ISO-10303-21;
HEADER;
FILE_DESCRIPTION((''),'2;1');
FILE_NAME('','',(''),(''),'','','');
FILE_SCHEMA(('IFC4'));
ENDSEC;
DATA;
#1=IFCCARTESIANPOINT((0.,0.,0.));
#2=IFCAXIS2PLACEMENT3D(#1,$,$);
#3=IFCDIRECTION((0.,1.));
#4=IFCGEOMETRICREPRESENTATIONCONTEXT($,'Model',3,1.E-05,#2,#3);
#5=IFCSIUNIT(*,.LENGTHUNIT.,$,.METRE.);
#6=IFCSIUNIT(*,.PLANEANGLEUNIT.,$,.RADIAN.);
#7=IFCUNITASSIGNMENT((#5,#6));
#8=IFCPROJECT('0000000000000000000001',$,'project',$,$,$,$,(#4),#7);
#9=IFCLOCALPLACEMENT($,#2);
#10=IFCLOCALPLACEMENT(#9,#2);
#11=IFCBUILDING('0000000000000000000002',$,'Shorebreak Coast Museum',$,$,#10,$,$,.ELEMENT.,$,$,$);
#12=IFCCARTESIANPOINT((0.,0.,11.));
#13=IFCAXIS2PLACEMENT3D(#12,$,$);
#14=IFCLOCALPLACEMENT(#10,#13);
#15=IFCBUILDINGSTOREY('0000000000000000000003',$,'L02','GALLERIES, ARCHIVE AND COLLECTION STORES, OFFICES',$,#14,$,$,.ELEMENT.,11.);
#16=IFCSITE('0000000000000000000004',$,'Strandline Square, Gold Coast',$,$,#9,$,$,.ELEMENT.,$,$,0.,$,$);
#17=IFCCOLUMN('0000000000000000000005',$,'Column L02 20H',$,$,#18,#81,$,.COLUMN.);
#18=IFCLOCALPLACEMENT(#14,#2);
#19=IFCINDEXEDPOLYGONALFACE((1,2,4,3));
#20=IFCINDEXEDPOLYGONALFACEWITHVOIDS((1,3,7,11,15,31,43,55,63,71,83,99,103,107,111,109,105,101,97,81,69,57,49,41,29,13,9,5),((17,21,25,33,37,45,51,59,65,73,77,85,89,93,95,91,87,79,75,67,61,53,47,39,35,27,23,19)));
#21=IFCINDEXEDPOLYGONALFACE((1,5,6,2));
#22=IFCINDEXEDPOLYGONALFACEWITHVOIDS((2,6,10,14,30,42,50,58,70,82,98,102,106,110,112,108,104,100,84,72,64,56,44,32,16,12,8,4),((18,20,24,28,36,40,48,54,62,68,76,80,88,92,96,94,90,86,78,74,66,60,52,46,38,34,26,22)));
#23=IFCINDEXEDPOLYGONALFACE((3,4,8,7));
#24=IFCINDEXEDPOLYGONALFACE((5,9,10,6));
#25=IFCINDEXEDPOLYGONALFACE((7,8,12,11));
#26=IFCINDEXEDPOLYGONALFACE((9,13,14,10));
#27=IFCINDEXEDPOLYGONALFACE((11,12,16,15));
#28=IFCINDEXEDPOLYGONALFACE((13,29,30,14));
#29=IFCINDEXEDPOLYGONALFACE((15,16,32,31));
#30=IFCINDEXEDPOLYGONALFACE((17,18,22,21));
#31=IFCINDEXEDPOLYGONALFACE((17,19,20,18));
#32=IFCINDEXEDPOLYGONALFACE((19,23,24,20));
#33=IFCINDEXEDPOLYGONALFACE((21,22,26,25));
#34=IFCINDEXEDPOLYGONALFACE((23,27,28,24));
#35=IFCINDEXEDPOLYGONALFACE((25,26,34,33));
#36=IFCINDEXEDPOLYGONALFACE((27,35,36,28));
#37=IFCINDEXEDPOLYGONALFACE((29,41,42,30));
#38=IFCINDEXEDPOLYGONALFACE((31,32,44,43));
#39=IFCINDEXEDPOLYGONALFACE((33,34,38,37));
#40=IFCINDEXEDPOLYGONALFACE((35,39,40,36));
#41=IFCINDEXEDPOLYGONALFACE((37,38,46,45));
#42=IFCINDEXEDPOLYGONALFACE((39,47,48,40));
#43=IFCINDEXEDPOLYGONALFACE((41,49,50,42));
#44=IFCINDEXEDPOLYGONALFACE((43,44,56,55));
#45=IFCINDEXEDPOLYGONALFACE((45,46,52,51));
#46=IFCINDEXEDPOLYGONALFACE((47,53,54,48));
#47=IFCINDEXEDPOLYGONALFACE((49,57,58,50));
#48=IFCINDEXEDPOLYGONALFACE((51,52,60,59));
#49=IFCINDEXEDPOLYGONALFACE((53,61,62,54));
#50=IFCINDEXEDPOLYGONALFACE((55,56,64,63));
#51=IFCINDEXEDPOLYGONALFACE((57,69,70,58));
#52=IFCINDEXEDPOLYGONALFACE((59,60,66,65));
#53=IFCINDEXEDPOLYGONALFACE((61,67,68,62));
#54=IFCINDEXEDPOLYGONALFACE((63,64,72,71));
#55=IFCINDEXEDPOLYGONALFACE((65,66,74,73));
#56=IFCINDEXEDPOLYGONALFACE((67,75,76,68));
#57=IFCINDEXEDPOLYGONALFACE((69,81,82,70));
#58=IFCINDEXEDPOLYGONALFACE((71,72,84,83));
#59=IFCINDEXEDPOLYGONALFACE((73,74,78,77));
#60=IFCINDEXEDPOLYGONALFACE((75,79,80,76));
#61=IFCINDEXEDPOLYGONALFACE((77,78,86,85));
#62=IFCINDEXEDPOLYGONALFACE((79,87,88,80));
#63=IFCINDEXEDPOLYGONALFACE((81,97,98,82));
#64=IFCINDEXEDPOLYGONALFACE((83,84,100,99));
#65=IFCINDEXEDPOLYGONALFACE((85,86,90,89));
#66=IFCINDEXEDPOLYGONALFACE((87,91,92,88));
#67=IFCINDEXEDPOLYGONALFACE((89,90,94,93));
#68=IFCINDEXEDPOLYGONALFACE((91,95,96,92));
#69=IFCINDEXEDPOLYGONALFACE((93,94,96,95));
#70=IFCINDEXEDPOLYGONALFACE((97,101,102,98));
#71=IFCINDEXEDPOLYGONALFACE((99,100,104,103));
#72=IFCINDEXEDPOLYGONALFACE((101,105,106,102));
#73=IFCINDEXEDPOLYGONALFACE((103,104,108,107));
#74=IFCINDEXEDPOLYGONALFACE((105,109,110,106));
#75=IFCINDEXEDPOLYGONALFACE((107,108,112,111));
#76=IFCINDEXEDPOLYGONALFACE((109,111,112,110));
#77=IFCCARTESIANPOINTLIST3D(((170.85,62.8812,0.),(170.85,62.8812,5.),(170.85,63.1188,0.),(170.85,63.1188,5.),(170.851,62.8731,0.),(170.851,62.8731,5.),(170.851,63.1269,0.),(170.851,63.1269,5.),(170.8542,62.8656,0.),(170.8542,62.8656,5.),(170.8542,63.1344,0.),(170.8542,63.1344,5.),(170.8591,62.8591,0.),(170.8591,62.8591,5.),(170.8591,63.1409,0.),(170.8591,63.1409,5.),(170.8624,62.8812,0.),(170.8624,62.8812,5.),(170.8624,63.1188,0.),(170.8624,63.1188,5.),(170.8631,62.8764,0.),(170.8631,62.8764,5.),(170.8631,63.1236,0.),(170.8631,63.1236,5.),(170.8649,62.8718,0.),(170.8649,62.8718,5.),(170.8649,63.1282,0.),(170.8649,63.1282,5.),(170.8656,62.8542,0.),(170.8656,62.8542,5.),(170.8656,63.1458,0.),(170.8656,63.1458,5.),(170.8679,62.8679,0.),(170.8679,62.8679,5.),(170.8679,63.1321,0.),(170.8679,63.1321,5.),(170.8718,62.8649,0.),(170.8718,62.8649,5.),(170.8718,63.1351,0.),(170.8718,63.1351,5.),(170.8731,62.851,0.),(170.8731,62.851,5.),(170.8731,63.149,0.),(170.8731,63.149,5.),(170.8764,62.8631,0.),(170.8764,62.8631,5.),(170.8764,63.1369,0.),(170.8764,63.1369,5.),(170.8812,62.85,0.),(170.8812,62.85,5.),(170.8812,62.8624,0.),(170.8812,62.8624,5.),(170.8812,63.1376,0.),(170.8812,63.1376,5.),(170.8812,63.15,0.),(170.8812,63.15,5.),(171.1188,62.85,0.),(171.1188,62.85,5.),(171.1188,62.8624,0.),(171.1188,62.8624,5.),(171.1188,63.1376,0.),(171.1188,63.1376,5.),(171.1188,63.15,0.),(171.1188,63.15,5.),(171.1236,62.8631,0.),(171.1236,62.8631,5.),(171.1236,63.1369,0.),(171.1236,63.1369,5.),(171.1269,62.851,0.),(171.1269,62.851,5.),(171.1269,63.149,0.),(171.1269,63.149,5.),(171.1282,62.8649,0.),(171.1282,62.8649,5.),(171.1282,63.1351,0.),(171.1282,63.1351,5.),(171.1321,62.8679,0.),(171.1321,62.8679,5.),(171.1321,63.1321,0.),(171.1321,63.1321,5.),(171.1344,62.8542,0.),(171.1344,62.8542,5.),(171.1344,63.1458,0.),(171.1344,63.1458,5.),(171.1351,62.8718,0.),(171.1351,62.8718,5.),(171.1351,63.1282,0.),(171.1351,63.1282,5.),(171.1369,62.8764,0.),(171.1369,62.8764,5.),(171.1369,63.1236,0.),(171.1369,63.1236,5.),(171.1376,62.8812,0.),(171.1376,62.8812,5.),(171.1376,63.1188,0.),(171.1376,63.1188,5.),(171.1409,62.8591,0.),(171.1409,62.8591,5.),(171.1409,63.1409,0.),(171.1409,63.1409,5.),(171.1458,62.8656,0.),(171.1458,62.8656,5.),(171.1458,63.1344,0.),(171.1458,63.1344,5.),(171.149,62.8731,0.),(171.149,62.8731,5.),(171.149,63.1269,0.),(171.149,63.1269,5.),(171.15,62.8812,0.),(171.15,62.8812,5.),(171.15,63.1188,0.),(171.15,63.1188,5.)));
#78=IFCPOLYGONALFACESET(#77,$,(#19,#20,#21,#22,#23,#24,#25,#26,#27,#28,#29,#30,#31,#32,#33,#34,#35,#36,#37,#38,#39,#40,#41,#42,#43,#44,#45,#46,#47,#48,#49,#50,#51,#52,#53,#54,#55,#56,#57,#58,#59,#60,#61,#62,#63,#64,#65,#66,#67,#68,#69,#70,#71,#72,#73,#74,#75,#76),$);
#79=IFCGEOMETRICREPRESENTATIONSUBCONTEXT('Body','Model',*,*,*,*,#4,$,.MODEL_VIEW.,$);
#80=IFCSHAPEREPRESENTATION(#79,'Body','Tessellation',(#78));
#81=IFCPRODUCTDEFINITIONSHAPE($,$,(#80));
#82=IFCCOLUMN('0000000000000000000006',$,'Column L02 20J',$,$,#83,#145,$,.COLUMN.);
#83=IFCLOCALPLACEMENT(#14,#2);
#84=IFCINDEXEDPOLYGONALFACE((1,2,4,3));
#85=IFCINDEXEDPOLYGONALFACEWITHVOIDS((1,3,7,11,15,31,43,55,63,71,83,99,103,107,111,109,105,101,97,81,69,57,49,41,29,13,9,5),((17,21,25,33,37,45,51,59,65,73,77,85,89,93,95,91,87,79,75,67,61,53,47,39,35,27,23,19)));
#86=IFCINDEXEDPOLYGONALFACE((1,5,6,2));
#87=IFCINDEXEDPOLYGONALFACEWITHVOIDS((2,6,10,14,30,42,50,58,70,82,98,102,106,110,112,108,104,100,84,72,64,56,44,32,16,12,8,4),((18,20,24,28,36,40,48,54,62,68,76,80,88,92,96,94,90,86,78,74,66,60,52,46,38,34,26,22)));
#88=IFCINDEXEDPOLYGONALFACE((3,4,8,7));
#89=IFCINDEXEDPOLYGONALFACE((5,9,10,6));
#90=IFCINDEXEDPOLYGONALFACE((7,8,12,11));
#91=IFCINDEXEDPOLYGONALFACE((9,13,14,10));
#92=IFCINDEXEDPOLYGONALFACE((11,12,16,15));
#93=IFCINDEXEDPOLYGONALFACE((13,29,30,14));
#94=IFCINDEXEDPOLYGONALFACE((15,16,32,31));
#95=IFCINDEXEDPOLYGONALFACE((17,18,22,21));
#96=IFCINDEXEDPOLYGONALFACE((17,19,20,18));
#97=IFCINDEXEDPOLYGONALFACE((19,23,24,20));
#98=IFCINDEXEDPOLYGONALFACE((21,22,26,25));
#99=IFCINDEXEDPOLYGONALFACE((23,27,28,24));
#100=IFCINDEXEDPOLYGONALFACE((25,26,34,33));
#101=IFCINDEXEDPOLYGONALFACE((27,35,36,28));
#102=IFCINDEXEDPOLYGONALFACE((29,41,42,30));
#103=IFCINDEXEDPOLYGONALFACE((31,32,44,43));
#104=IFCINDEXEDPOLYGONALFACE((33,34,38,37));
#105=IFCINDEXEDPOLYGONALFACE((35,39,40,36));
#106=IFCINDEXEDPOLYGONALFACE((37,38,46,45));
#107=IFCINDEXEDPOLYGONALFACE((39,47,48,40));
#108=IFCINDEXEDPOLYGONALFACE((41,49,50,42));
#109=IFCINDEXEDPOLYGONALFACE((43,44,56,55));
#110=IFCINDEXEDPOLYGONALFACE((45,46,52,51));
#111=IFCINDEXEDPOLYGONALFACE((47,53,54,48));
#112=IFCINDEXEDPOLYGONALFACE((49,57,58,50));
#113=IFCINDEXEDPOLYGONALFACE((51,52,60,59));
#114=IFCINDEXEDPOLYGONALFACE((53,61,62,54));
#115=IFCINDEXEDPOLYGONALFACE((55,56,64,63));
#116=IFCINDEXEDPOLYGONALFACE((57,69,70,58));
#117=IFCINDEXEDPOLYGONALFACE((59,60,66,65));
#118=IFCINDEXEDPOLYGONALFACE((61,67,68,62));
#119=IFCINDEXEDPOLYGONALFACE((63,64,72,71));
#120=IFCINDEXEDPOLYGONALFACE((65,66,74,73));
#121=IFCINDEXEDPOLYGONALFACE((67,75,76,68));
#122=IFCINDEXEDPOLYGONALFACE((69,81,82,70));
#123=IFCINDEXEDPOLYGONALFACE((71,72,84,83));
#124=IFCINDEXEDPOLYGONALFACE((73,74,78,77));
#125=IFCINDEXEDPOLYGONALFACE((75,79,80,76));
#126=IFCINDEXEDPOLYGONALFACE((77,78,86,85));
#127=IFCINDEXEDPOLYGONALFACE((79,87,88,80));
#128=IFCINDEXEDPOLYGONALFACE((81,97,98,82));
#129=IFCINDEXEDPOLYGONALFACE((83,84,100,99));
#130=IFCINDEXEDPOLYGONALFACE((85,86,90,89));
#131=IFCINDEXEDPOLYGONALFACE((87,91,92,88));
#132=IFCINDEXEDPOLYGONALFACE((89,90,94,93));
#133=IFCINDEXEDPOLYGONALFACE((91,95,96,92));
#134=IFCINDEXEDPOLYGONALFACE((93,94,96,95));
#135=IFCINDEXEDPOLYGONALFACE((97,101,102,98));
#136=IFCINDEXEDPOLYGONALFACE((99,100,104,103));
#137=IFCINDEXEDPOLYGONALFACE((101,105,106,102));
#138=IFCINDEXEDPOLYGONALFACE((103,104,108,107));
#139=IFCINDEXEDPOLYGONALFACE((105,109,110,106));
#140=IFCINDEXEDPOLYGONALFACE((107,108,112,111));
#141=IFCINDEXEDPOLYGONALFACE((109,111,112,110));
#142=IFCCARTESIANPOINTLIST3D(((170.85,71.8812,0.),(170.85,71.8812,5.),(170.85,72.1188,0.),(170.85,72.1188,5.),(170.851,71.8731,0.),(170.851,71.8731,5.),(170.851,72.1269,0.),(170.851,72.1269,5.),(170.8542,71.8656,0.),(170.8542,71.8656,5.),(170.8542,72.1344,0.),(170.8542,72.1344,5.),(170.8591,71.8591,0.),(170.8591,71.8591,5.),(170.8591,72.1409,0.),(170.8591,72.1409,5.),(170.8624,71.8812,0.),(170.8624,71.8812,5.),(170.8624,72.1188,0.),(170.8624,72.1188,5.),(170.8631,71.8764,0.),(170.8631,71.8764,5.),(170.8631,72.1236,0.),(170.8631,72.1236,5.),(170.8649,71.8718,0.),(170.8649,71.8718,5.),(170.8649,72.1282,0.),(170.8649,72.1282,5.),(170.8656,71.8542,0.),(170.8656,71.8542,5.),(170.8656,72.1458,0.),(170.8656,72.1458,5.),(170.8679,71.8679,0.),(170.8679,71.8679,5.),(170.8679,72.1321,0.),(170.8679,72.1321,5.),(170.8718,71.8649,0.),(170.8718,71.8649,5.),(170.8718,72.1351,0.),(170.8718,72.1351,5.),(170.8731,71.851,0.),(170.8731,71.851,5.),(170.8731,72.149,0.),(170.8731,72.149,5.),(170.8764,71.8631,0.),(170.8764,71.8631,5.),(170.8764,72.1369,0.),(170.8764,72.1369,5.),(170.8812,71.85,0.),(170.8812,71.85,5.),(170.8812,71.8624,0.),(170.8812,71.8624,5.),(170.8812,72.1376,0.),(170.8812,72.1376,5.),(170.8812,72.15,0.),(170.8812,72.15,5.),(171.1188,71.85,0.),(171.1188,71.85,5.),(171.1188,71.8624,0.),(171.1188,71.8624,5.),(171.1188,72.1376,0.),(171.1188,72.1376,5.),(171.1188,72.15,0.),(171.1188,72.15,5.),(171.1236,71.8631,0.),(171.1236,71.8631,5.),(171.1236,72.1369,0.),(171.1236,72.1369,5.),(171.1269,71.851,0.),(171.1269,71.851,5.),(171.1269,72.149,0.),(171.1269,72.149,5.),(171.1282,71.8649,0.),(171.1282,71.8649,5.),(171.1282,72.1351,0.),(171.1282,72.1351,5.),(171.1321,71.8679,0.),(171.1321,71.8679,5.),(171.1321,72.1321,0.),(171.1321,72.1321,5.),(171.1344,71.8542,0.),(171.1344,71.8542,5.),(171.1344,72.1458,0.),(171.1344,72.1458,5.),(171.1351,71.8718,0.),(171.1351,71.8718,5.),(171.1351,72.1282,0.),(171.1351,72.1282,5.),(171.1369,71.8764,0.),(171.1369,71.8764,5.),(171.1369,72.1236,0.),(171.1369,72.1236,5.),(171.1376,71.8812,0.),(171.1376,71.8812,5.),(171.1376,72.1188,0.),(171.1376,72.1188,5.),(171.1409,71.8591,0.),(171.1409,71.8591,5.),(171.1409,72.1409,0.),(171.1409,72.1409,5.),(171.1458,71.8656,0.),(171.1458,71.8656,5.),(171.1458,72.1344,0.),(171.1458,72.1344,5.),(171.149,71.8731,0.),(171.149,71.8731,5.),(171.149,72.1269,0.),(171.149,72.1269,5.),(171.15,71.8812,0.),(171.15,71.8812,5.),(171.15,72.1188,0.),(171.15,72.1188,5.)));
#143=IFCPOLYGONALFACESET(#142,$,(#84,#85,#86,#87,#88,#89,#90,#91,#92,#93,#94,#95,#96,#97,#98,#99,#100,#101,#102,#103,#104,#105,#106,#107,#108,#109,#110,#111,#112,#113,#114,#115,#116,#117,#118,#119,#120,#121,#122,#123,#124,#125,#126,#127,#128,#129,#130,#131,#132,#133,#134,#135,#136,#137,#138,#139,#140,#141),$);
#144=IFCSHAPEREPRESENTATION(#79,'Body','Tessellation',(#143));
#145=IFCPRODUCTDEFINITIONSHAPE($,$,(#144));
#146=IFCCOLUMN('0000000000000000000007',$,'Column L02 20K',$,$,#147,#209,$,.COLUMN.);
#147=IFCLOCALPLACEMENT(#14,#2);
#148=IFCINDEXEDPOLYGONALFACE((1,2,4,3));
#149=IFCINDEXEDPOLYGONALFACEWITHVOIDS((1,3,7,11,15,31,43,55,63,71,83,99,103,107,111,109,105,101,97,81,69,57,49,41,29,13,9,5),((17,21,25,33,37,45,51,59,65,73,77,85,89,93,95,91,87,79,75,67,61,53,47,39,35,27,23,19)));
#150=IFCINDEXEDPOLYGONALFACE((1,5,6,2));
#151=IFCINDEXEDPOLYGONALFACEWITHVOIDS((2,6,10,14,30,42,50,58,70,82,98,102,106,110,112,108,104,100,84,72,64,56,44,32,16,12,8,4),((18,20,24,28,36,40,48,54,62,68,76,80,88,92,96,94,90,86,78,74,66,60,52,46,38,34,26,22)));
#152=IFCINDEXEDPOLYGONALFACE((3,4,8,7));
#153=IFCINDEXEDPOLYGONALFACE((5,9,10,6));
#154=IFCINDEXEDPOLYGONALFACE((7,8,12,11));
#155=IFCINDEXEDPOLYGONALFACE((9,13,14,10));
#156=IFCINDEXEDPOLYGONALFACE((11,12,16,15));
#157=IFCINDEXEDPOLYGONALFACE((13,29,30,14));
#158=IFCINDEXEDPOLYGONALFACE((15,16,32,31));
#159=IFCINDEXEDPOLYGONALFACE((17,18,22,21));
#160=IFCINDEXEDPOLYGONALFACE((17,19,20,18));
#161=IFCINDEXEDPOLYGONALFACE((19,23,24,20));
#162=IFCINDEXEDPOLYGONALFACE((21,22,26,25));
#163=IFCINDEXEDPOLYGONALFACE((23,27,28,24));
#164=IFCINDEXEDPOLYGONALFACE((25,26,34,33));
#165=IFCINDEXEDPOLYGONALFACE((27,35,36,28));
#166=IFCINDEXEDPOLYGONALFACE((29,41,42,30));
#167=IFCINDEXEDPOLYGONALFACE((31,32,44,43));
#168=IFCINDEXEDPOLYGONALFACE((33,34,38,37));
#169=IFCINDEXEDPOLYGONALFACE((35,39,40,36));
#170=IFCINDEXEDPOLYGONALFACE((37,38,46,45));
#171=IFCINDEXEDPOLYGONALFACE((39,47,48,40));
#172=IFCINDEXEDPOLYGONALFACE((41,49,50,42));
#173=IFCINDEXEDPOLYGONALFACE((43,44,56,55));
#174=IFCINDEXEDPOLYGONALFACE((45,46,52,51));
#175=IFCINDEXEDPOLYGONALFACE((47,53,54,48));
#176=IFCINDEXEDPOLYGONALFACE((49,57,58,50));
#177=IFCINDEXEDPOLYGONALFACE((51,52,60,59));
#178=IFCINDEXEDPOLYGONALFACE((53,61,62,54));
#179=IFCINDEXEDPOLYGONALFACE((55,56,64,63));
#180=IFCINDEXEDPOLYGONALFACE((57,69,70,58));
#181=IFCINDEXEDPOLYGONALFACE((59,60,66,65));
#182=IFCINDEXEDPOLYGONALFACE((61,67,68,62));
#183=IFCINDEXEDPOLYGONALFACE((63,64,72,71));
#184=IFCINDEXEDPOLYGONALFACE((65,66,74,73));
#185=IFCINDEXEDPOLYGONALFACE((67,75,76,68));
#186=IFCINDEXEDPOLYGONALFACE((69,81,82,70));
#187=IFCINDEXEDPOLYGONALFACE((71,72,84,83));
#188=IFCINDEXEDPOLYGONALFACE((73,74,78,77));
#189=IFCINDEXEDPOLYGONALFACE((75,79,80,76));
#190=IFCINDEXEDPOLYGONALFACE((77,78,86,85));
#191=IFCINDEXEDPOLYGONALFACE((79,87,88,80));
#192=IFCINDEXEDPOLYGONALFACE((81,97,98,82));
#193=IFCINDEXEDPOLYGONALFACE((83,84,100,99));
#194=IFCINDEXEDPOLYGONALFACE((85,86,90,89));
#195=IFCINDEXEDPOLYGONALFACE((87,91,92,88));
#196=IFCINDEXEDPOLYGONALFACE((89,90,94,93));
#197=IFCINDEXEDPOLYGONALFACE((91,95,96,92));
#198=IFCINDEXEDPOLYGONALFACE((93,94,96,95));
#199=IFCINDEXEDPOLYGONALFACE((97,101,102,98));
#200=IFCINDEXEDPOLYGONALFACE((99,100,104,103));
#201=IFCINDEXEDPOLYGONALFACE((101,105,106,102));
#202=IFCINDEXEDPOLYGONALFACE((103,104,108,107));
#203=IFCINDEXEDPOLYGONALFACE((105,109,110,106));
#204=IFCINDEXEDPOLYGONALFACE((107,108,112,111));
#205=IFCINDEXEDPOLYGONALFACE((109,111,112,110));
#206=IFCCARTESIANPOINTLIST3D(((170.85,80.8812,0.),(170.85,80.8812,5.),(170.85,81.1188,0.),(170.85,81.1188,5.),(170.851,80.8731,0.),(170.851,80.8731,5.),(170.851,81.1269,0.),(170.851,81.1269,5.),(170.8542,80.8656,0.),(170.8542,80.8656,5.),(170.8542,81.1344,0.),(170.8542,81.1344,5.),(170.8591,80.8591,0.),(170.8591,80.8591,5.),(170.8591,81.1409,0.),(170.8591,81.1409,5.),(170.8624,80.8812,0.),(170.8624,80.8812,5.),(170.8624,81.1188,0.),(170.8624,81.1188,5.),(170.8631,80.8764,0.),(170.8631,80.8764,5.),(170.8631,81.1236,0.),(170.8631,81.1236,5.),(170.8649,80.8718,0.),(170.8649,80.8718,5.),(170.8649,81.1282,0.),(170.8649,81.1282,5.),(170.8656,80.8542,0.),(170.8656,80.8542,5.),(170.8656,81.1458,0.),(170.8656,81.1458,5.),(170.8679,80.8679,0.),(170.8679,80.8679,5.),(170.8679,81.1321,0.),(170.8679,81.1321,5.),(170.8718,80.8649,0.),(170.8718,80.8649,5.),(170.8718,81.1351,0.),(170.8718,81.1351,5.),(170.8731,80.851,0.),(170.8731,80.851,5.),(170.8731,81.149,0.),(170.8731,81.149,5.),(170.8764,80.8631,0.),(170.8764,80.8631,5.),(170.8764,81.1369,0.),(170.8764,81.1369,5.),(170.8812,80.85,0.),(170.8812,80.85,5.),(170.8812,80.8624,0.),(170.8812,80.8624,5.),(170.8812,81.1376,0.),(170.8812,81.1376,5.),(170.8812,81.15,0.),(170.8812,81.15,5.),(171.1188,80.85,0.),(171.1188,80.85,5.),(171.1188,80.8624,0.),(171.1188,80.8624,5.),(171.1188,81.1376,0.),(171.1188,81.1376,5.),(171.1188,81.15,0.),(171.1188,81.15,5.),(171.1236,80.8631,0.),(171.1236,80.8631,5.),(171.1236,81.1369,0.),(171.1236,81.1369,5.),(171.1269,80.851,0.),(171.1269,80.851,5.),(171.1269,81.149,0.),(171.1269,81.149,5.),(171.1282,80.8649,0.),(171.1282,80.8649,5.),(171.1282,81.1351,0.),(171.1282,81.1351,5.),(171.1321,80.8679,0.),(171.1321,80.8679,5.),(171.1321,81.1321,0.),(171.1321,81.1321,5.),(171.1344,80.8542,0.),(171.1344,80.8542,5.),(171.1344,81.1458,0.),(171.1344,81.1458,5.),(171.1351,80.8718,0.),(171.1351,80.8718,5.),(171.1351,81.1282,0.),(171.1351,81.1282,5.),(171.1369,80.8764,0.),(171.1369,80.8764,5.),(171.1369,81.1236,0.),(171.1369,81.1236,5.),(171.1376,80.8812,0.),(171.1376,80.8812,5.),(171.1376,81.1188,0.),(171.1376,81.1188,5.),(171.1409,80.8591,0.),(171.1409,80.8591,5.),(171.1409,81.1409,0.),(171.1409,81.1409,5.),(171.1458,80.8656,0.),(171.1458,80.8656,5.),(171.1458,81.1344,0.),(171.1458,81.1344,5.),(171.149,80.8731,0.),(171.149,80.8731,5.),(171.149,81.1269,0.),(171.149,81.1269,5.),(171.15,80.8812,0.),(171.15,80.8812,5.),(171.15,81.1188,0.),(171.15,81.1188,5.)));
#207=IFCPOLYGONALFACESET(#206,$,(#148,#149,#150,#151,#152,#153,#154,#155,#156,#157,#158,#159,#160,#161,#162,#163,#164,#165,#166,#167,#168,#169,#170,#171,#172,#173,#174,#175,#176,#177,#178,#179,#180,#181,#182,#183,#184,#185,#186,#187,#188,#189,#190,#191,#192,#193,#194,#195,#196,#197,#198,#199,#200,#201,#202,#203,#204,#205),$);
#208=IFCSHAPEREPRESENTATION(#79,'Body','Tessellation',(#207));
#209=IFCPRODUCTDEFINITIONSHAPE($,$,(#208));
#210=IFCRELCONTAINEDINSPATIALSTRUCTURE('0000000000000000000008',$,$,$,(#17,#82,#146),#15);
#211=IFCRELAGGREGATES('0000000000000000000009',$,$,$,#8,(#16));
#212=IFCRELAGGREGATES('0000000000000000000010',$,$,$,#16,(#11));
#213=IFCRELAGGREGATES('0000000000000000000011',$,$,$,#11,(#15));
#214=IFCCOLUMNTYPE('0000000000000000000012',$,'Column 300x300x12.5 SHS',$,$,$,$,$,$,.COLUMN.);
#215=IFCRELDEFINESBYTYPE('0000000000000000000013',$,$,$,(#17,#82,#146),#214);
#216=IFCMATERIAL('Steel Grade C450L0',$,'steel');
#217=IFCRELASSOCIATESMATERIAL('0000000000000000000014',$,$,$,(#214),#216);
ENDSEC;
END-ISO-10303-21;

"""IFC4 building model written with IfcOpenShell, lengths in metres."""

from ifc_helpers import new_model, si_unit, direction, frame, origin, origin_2d, place, context, subcontext, project, spatial, hollow_rectangle, extrude, material, material_profile, profile_set, type_object, element, save


model = new_model("IFC4")

# Units and contexts
model_context = context("Model", 3, precision=1e-05, world=origin(), true_north=direction((0.0, 1.0)))
body_context = subcontext(model_context, "Body", "Model", "MODEL_VIEW")
ifc_project = project(units=[si_unit("LENGTHUNIT", "METRE"), si_unit("PLANEANGLEUNIT", "RADIAN")], contexts=[model_context])

# Site, building, storey
site_placement = place(None, origin())
site = spatial("IfcSite", under=ifc_project, at=site_placement, Name="Strandline Square, Gold Coast", CompositionType="ELEMENT", RefElevation=0.0)
building_placement = place(site_placement, origin())
building = spatial("IfcBuilding", under=site, at=building_placement, Name="Shorebreak Coast Museum", CompositionType="ELEMENT")
storey_placement = place(building_placement, frame((0.0, 0.0, 11.0)))
storey = spatial("IfcBuildingStorey", under=building, at=storey_placement, Name="L02", Description="GALLERIES, ARCHIVE AND COLLECTION STORES, OFFICES", CompositionType="ELEMENT", Elevation=11.0)

# Columns
ifc_material_1 = material(Name="Steel Grade C450L0", Category="steel")
ifc_material_profile_1 = material_profile(ifc_material_1, hollow_rectangle(XDim=0.3, YDim=0.3, WallThickness=0.0125, InnerFilletRadius=0.0188, OuterFilletRadius=0.0312, at=origin_2d()), Name="300x300x12.5 SHS")
ifc_profile_set_1 = profile_set([ifc_material_profile_1], Name="Steel Grade C450L0")
column_type = type_object("IfcColumnType", Name="Column 300x300x12.5 SHS", PredefinedType="COLUMN", material=ifc_profile_set_1)
for number, where, z_axis, x_axis, name in (
    (1, (171.0, 63.0, 0.0), (0.0, 0.0, 1.0), (1.0, 0.0, 0.0), "Column L02 20H"),
    (2, (171.0, 72.0, 0.0), (0.0, 0.0, 1.0), (1.0, 0.0, 0.0), "Column L02 20J"),
    (3, (171.0, 81.0, 0.0), (0.0, 0.0, 1.0), (1.0, 0.0, 0.0), "Column L02 20K"),
):
    element("IfcColumn", number, at=place(storey_placement, frame(where, z_axis=z_axis, x_axis=x_axis)), inside=storey, type_object=column_type, Name=name, PredefinedType="COLUMN", context=body_context, shape_type="SweptSolid", body=[
        extrude(hollow_rectangle(XDim=0.3, YDim=0.3, WallThickness=0.0125, InnerFilletRadius=0.0188, OuterFilletRadius=0.0312, at=origin_2d()), origin(), (0.0, 0.0, 1.0), 5.0),
    ])

save(model, "model.ifc")
